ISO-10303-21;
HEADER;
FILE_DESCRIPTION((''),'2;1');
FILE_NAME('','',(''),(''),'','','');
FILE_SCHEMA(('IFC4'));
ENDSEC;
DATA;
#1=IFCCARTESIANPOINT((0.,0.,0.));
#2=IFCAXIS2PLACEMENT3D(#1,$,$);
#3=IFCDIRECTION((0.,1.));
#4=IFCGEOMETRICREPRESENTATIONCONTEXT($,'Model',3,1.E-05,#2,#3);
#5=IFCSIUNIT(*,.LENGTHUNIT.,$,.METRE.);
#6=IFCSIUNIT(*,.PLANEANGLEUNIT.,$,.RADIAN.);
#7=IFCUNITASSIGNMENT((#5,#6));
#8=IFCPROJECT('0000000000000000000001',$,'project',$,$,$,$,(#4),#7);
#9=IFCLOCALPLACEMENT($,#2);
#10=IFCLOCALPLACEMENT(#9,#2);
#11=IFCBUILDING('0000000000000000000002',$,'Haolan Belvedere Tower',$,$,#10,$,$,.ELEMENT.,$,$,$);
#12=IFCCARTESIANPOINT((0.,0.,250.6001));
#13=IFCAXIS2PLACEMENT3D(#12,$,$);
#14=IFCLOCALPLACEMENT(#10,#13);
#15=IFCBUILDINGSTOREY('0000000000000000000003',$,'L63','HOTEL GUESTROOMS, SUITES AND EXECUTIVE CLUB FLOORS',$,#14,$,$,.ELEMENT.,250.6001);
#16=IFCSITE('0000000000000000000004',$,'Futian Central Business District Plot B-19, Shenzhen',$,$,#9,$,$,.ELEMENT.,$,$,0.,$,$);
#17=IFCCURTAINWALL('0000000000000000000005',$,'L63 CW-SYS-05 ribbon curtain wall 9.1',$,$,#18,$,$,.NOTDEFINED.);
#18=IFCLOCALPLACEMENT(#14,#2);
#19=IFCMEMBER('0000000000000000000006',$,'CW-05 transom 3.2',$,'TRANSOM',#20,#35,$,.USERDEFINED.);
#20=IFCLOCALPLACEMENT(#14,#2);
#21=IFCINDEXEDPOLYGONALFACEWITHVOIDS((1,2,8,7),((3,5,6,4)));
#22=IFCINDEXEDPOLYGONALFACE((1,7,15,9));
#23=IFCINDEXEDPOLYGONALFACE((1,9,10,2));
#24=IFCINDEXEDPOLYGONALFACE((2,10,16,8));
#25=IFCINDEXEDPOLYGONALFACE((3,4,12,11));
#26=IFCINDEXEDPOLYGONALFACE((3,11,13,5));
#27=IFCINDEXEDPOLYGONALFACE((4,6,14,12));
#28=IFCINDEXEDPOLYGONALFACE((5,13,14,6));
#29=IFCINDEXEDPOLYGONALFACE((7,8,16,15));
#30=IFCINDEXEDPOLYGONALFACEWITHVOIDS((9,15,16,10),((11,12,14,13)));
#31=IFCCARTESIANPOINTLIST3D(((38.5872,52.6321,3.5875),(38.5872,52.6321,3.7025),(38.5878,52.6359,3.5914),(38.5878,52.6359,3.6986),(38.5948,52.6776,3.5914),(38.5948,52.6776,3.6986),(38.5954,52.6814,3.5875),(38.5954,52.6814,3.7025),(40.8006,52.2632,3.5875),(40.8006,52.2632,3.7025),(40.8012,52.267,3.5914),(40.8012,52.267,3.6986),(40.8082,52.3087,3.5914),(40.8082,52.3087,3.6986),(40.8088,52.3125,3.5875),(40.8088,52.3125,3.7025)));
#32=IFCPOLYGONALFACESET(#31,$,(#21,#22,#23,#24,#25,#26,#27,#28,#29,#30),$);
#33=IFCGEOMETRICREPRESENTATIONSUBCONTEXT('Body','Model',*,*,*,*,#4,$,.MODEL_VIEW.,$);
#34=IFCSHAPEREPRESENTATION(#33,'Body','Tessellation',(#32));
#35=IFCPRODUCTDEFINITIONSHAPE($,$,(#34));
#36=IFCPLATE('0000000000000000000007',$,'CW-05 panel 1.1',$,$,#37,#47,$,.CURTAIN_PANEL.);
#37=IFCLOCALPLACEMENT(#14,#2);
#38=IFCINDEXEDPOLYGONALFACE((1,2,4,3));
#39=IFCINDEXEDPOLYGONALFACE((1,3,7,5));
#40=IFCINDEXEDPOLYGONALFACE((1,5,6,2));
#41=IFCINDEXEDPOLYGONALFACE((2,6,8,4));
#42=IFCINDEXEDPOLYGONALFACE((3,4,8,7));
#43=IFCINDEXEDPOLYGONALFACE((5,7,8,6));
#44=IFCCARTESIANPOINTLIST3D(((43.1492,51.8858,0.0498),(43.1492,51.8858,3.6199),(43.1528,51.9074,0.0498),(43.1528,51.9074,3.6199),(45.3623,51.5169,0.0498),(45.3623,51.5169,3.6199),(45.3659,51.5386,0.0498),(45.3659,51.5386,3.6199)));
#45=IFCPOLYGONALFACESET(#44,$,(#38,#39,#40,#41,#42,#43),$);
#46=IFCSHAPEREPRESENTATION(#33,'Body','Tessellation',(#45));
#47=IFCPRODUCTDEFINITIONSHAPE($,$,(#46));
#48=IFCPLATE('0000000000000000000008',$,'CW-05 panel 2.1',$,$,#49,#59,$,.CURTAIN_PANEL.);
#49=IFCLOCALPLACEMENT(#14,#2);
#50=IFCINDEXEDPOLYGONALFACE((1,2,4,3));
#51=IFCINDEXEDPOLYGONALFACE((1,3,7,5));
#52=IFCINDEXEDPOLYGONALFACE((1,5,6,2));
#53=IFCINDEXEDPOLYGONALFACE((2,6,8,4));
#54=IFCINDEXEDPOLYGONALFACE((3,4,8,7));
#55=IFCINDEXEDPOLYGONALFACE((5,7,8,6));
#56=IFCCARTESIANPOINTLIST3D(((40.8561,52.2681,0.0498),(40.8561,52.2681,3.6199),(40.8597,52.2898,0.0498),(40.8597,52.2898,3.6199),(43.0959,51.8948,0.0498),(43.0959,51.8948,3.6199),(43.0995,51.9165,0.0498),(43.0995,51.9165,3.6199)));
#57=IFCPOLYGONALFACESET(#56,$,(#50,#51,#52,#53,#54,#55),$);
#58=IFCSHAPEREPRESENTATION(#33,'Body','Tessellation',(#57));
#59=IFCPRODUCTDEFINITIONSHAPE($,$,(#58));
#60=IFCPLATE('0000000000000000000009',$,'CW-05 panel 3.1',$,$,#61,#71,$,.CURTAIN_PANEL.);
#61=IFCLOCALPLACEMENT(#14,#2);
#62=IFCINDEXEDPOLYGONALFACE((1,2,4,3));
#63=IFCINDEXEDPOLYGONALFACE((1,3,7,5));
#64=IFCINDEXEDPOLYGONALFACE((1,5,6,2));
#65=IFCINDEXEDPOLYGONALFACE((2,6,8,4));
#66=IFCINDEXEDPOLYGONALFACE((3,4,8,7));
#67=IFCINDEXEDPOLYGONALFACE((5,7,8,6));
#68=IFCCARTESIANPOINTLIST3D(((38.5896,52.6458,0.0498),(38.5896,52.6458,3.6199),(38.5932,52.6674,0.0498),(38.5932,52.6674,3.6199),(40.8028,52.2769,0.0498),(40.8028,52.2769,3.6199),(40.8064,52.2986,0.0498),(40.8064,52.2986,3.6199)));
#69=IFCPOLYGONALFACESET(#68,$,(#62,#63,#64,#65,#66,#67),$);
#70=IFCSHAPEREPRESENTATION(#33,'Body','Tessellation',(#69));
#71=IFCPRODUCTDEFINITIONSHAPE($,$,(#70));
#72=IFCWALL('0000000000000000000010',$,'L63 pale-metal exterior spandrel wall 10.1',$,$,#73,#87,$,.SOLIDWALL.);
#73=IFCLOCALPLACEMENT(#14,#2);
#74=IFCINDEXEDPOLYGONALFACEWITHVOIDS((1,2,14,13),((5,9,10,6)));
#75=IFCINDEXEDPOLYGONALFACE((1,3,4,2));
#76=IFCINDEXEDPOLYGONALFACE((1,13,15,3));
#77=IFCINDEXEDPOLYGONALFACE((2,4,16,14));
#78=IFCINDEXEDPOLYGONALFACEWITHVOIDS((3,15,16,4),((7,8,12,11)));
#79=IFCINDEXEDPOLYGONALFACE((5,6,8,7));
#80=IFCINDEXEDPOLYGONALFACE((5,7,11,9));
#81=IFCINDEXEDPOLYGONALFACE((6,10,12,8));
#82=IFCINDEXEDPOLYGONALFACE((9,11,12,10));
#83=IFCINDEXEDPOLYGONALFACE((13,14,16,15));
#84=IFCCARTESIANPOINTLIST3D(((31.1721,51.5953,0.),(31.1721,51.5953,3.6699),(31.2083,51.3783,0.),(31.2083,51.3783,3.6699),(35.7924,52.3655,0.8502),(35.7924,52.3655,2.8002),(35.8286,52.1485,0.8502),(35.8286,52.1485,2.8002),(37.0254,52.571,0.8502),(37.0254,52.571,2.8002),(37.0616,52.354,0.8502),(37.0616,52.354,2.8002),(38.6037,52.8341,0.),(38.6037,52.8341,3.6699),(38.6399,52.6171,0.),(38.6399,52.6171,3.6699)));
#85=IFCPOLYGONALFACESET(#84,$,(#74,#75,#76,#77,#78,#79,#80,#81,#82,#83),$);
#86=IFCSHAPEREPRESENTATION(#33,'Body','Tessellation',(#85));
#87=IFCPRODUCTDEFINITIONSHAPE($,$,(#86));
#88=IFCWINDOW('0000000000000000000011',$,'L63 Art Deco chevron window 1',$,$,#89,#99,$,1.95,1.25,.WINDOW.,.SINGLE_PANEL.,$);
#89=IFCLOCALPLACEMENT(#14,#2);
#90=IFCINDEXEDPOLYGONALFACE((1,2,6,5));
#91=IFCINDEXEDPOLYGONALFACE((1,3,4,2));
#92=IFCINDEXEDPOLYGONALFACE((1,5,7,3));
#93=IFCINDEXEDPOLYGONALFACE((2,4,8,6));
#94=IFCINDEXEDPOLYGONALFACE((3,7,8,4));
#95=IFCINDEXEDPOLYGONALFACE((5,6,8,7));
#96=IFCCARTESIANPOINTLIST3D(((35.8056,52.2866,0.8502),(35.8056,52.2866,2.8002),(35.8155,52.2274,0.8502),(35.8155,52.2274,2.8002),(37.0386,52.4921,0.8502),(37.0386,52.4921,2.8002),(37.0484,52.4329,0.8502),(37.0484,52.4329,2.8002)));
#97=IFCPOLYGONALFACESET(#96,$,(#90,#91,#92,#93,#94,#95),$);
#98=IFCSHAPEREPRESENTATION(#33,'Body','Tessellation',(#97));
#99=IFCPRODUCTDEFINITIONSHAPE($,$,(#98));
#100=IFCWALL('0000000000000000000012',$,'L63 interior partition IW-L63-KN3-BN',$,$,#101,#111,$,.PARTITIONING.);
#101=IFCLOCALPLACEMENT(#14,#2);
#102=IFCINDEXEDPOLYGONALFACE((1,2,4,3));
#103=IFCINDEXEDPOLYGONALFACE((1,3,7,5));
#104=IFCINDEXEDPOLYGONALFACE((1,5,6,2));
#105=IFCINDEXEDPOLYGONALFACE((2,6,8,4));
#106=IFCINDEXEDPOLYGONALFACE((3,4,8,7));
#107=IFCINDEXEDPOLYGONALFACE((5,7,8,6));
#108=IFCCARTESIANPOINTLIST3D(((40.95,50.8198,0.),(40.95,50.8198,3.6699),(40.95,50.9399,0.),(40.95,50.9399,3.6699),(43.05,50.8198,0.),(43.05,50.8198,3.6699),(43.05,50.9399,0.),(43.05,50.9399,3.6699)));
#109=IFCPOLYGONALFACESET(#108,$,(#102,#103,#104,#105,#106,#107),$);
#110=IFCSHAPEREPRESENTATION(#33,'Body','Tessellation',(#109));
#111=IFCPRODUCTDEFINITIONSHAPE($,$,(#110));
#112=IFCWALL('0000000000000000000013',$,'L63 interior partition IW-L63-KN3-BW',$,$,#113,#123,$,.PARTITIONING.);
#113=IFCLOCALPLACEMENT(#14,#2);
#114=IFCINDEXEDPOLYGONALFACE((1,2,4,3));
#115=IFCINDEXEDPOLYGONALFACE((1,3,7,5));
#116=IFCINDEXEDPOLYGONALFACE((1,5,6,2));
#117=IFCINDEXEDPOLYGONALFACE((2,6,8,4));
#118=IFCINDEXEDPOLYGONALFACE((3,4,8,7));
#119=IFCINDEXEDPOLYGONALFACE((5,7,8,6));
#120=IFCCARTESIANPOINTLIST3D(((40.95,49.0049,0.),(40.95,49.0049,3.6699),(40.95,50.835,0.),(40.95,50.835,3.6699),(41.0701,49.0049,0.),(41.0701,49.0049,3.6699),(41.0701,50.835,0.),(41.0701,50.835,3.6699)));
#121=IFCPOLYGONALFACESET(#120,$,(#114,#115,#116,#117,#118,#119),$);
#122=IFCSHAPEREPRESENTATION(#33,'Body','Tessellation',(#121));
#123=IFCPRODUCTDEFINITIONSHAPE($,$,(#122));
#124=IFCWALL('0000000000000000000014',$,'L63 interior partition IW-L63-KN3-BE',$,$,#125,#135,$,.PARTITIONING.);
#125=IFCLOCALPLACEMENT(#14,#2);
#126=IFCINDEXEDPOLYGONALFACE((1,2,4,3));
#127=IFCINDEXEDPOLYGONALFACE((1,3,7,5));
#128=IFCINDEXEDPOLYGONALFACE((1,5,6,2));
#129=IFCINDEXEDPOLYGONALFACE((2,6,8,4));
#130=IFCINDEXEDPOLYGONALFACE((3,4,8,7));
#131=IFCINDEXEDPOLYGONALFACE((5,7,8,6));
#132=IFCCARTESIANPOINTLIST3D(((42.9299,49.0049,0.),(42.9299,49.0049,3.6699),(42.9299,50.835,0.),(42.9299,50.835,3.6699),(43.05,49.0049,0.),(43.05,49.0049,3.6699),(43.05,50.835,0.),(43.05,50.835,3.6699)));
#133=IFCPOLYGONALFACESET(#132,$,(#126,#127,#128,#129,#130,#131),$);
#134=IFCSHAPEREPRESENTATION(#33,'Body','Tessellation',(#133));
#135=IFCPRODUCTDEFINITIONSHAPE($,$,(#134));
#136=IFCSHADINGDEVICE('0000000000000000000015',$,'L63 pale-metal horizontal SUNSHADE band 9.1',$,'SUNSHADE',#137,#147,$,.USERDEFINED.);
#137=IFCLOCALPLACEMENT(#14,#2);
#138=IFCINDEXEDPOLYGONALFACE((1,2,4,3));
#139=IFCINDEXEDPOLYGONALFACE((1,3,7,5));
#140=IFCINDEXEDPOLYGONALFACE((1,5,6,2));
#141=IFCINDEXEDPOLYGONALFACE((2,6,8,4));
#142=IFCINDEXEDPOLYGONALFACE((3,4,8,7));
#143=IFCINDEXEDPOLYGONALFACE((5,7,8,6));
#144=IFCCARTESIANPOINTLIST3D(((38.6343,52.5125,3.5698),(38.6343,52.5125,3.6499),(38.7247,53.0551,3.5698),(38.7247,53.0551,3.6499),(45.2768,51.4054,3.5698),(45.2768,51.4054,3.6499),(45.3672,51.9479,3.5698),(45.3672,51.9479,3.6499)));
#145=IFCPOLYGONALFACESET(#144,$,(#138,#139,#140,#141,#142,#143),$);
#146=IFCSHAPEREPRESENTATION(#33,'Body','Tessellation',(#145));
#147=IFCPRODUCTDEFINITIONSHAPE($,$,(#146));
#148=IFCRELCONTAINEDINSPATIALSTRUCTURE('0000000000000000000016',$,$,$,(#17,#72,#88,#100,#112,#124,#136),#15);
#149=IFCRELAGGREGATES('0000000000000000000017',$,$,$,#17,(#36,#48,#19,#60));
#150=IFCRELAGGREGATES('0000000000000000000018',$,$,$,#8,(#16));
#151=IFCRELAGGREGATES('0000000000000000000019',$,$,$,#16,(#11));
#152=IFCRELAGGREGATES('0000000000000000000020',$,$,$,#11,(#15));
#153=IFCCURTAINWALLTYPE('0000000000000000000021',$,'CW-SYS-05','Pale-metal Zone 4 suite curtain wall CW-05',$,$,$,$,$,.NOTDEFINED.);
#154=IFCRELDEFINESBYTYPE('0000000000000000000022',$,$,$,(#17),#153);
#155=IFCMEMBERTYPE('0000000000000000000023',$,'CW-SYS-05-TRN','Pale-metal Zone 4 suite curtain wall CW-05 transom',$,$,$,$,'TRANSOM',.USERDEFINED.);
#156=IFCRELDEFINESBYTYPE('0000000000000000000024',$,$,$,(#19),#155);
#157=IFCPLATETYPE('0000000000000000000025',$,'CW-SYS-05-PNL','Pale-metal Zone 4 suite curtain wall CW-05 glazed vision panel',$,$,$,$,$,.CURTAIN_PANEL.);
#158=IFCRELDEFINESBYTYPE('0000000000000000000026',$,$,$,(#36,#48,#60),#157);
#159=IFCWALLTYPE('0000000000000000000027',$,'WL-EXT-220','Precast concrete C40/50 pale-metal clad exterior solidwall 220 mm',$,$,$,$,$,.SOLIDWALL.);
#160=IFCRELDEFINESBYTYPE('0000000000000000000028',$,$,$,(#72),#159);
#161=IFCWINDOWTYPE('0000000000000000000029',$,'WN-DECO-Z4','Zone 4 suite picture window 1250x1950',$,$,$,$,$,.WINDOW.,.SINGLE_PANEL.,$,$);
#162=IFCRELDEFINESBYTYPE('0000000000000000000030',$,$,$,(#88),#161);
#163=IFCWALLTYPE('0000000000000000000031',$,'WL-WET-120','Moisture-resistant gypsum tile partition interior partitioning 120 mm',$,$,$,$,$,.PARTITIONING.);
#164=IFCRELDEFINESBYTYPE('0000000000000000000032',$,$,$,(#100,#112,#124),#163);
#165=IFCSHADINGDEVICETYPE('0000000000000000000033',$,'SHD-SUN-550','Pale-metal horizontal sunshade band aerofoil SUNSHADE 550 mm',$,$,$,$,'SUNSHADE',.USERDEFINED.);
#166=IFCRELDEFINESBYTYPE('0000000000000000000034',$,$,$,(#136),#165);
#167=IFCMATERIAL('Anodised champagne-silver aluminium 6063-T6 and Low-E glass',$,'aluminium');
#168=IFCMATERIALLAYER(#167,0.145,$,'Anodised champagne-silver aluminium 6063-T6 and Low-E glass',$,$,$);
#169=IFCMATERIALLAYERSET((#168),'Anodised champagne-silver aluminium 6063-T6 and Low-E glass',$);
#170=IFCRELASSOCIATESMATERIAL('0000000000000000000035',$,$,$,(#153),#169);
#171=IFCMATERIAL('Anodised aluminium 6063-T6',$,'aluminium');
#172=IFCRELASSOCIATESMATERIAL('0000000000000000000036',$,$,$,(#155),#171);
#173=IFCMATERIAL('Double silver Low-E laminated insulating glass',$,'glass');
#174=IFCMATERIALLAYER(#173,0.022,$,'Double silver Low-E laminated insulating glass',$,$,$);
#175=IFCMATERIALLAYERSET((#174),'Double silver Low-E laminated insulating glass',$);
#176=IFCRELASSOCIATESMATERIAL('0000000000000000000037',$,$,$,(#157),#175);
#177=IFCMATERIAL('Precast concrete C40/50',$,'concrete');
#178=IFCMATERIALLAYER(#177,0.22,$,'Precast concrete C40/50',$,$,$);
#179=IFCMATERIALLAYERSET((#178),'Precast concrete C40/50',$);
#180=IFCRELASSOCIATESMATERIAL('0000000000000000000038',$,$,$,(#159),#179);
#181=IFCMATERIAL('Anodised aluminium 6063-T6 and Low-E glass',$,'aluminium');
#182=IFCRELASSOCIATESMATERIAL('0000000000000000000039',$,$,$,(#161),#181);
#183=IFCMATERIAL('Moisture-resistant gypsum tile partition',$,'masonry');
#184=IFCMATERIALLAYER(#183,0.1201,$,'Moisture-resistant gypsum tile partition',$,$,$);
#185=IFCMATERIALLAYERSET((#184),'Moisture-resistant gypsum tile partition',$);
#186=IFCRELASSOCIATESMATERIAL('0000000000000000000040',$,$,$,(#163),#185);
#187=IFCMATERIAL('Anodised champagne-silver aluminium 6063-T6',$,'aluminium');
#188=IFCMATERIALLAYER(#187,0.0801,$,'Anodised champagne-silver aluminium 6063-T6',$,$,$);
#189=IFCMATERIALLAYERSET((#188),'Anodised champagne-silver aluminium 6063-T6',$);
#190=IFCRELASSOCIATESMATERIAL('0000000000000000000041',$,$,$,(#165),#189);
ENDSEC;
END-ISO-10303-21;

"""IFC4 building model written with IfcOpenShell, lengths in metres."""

from ifc_helpers import new_model, si_unit, direction, frame, frame_2d, origin, origin_2d, place, context, subcontext, project, spatial, rectangle, hollow_rectangle, extrude, material, layer, layer_set, material_profile, profile_set, type_object, element, fill, aggregate, save


model = new_model("IFC4")

# Units and contexts
model_context = context("Model", 3, precision=1e-05, world=origin(), true_north=direction((0.0, 1.0)))
body_context = subcontext(model_context, "Body", "Model", "MODEL_VIEW")
ifc_project = project(units=[si_unit("LENGTHUNIT", "METRE"), si_unit("PLANEANGLEUNIT", "RADIAN")], contexts=[model_context])

# Site, building, storey
site_placement = place(None, origin())
site = spatial("IfcSite", under=ifc_project, at=site_placement, Name="Futian Central Business District Plot B-19, Shenzhen", CompositionType="ELEMENT", RefElevation=0.0)
building_placement = place(site_placement, origin())
building = spatial("IfcBuilding", under=site, at=building_placement, Name="Haolan Belvedere Tower", CompositionType="ELEMENT")
storey_placement = place(building_placement, frame((0.0, 0.0, 250.6001)))
storey = spatial("IfcBuildingStorey", under=building, at=storey_placement, Name="L63", Description="HOTEL GUESTROOMS, SUITES AND EXECUTIVE CLUB FLOORS", CompositionType="ELEMENT", Elevation=250.6001)

# Curtain wall, member, plates
ifc_material_1 = material(Name="Anodised champagne-silver aluminium 6063-T6 and Low-E glass", Category="aluminium")
ifc_layer_1 = layer(ifc_material_1, 0.145, Name="Anodised champagne-silver aluminium 6063-T6 and Low-E glass")
ifc_layer_set_1 = layer_set([ifc_layer_1], Name="Anodised champagne-silver aluminium 6063-T6 and Low-E glass")
curtain_wall_type = type_object("IfcCurtainWallType", Name="CW-SYS-05", Description="Pale-metal Zone 4 suite curtain wall CW-05", PredefinedType="NOTDEFINED", material=ifc_layer_set_1)
curtain_wall_placement = place(storey_placement, origin())
curtain_wall = element("IfcCurtainWall", 1, at=curtain_wall_placement, inside=storey, type_object=curtain_wall_type, Name="L63 CW-SYS-05 ribbon curtain wall 9.1", PredefinedType="NOTDEFINED")
ifc_material_2 = material(Name="Anodised aluminium 6063-T6", Category="aluminium")
ifc_material_profile_1 = material_profile(ifc_material_2, hollow_rectangle(XDim=0.05, YDim=0.115, WallThickness=0.0039, at=origin_2d()), Name="Anodised aluminium 6063-T6")
ifc_profile_set_1 = profile_set([ifc_material_profile_1], Name="Anodised aluminium 6063-T6")
member_type_1 = type_object("IfcMemberType", Name="CW-SYS-05-TRN", Description="Pale-metal Zone 4 suite curtain wall CW-05 transom", ElementType="TRANSOM", PredefinedType="USERDEFINED", material=ifc_profile_set_1)
member_1_placement = place(storey_placement, frame((40.8047, 52.2878, 3.645), z_axis=(-0.986394, 0.164399, 0.0), x_axis=(-0.164399, -0.986394, 0.0)))
member_1 = element("IfcMember", 2, at=member_1_placement, type_object=member_type_1, Name="CW-05 transom 3.2", ObjectType="TRANSOM", PredefinedType="USERDEFINED", context=body_context, shape_type="SweptSolid", body=[
    extrude(hollow_rectangle(XDim=0.05, YDim=0.115, WallThickness=0.0039, at=origin_2d()), origin(), (0.0, 0.0, 1.0), 2.2439),
])
ifc_material_3 = material(Name="Double silver Low-E laminated insulating glass", Category="glass")
ifc_layer_2 = layer(ifc_material_3, 0.022, Name="Double silver Low-E laminated insulating glass")
ifc_layer_set_2 = layer_set([ifc_layer_2], Name="Double silver Low-E laminated insulating glass")
plate_type = type_object("IfcPlateType", Name="CW-SYS-05-PNL", Description="Pale-metal Zone 4 suite curtain wall CW-05 glazed vision panel", PredefinedType="CURTAIN_PANEL", material=ifc_layer_set_2)
plate_1_placement = place(storey_placement, frame((44.2576, 51.7122, 0.0498), z_axis=(0.0, 0.0, 1.0), x_axis=(-0.986393, 0.164406, 0.0)))
plate_1 = element("IfcPlate", 3, at=plate_1_placement, type_object=plate_type, Name="CW-05 panel 1.1", PredefinedType="CURTAIN_PANEL", context=body_context, shape_type="SweptSolid", body=[
    extrude(rectangle(XDim=2.2437, YDim=0.022, at=origin_2d()), origin(), (0.0, 0.0, 1.0), 3.5701),
])
plate_2_placement = place(storey_placement, frame((41.9778, 52.0923, 0.0498), z_axis=(0.0, 0.0, 1.0), x_axis=(-0.986393, 0.164406, 0.0)))
plate_2 = element("IfcPlate", 4, at=plate_2_placement, type_object=plate_type, Name="CW-05 panel 2.1", PredefinedType="CURTAIN_PANEL", context=body_context, shape_type="SweptSolid", body=[
    extrude(rectangle(XDim=2.2708, YDim=0.022, at=origin_2d()), origin(), (0.0, 0.0, 1.0), 3.5701),
])
plate_3_placement = place(storey_placement, frame((39.698, 52.4722, 0.0498), z_axis=(0.0, 0.0, 1.0), x_axis=(-0.986393, 0.164406, 0.0)))
plate_3 = element("IfcPlate", 5, at=plate_3_placement, type_object=plate_type, Name="CW-05 panel 3.1", PredefinedType="CURTAIN_PANEL", context=body_context, shape_type="SweptSolid", body=[
    extrude(rectangle(XDim=2.2437, YDim=0.022, at=origin_2d()), origin(), (0.0, 0.0, 1.0), 3.5701),
])
aggregate(curtain_wall, [plate_1, plate_2, member_1, plate_3])

# Wall, opening, window
ifc_material_4 = material(Name="Precast concrete C40/50", Category="concrete")
ifc_layer_3 = layer(ifc_material_4, 0.22, Name="Precast concrete C40/50")
ifc_layer_set_3 = layer_set([ifc_layer_3], Name="Precast concrete C40/50")
wall_type_1 = type_object("IfcWallType", Name="WL-EXT-220", Description="Precast concrete C40/50 pale-metal clad exterior solidwall 220 mm", PredefinedType="SOLIDWALL", material=ifc_layer_set_3)
wall_1_placement = place(storey_placement, frame((38.6218, 52.7256, 0.0), z_axis=(0.0, 0.0, 1.0), x_axis=(-0.98639, -0.16442, 0.0)))
wall_1 = element("IfcWall", 6, at=wall_1_placement, inside=storey, type_object=wall_type_1, Name="L63 pale-metal exterior spandrel wall 10.1", PredefinedType="SOLIDWALL", context=body_context, shape_type="SweptSolid", body=[
    extrude(rectangle(XDim=7.5342, YDim=0.22, at=frame_2d((3.7671, 0.0))), origin(), (0.0, 0.0, 1.0), 3.6699),
])
opening_placement = place(wall_1_placement, frame((1.6001, 0.0, 0.8501)))
opening = element("IfcOpeningElement", 7, at=opening_placement, cuts=wall_1, PredefinedType="OPENING", context=body_context, shape_type="SweptSolid", body=[
    extrude(rectangle(XDim=1.25, YDim=1.95, at=frame_2d((0.625, 0.9751))), frame((0.0, 0.1199, 0.0), z_axis=(0.0, -1.0, 0.0), x_axis=(1.0, 0.0, 0.0)), (0.0, 0.0, 1.0), 0.24),
])
ifc_material_5 = material(Name="Anodised aluminium 6063-T6 and Low-E glass", Category="aluminium")
window_type = type_object("IfcWindowType", Name="WN-DECO-Z4", Description="Zone 4 suite picture window 1250x1950", PartitioningType="SINGLE_PANEL", PredefinedType="WINDOW", material=ifc_material_5)
window_placement = place(opening_placement, origin())
window = element("IfcWindow", 8, at=window_placement, inside=storey, type_object=window_type, Name="L63 Art Deco chevron window 1", OverallHeight=1.95, OverallWidth=1.25, PartitioningType="SINGLE_PANEL", PredefinedType="WINDOW", context=body_context, shape_type="SweptSolid", body=[
    extrude(rectangle(XDim=1.25, YDim=1.95, at=frame_2d((0.625, 0.9751))), frame((0.0, 0.03, 0.0), z_axis=(0.0, -1.0, 0.0), x_axis=(1.0, 0.0, 0.0)), (0.0, 0.0, 1.0), 0.0601),
])
fill(opening, window)

# Walls
ifc_material_6 = material(Name="Moisture-resistant gypsum tile partition", Category="masonry")
ifc_layer_4 = layer(ifc_material_6, 0.1201, Name="Moisture-resistant gypsum tile partition")
ifc_layer_set_4 = layer_set([ifc_layer_4], Name="Moisture-resistant gypsum tile partition")
wall_type_2 = type_object("IfcWallType", Name="WL-WET-120", Description="Moisture-resistant gypsum tile partition interior partitioning 120 mm", PredefinedType="PARTITIONING", material=ifc_layer_set_4)
wall_2_placement = place(storey_placement, frame((40.95, 50.8799, 0.0), z_axis=(0.0, 0.0, 1.0), x_axis=(1.0, 0.0, 0.0)))
element("IfcWall", 9, at=wall_2_placement, inside=storey, type_object=wall_type_2, Name="L63 interior partition IW-L63-KN3-BN", PredefinedType="PARTITIONING", context=body_context, shape_type="SweptSolid", body=[
    extrude(rectangle(XDim=2.1001, YDim=0.1201, at=frame_2d((1.05, 0.0))), origin(), (0.0, 0.0, 1.0), 3.6699),
])
for number, where, z_axis, x_axis, name in (
    (10, (41.01, 49.0049, 0.0), (0.0, 0.0, 1.0), (0.0, 1.0, 0.0), "L63 interior partition IW-L63-KN3-BW"),
    (11, (42.99, 49.0049, 0.0), (0.0, 0.0, 1.0), (0.0, 1.0, 0.0), "L63 interior partition IW-L63-KN3-BE"),
):
    element("IfcWall", number, at=place(storey_placement, frame(where, z_axis=z_axis, x_axis=x_axis)), inside=storey, type_object=wall_type_2, Name=name, PredefinedType="PARTITIONING", context=body_context, shape_type="SweptSolid", body=[
        extrude(rectangle(XDim=1.8301, YDim=0.1201, at=frame_2d((0.915, 0.0))), origin(), (0.0, 0.0, 1.0), 3.6699),
    ])

# Shading device
ifc_material_7 = material(Name="Anodised champagne-silver aluminium 6063-T6", Category="aluminium")
ifc_layer_5 = layer(ifc_material_7, 0.0801, Name="Anodised champagne-silver aluminium 6063-T6")
ifc_layer_set_5 = layer_set([ifc_layer_5], Name="Anodised champagne-silver aluminium 6063-T6")
shading_device_type = type_object("IfcShadingDeviceType", Name="SHD-SUN-550", Description="Pale-metal horizontal sunshade band aerofoil SUNSHADE 550 mm", ElementType="SUNSHADE", PredefinedType="USERDEFINED", material=ifc_layer_set_5)
shading_device_placement = place(storey_placement, frame((42.0007, 52.2302, 3.5698), z_axis=(0.0, 0.0, 1.0), x_axis=(-0.986392, 0.164411, 0.0)))
element("IfcShadingDevice", 12, at=shading_device_placement, inside=storey, type_object=shading_device_type, Name="L63 pale-metal horizontal SUNSHADE band 9.1", ObjectType="SUNSHADE", PredefinedType="USERDEFINED", context=body_context, shape_type="SweptSolid", body=[
    extrude(rectangle(XDim=6.7341, YDim=0.55, at=origin_2d()), origin(), (0.0, 0.0, 1.0), 0.0801),
])

save(model, "model.ifc")
